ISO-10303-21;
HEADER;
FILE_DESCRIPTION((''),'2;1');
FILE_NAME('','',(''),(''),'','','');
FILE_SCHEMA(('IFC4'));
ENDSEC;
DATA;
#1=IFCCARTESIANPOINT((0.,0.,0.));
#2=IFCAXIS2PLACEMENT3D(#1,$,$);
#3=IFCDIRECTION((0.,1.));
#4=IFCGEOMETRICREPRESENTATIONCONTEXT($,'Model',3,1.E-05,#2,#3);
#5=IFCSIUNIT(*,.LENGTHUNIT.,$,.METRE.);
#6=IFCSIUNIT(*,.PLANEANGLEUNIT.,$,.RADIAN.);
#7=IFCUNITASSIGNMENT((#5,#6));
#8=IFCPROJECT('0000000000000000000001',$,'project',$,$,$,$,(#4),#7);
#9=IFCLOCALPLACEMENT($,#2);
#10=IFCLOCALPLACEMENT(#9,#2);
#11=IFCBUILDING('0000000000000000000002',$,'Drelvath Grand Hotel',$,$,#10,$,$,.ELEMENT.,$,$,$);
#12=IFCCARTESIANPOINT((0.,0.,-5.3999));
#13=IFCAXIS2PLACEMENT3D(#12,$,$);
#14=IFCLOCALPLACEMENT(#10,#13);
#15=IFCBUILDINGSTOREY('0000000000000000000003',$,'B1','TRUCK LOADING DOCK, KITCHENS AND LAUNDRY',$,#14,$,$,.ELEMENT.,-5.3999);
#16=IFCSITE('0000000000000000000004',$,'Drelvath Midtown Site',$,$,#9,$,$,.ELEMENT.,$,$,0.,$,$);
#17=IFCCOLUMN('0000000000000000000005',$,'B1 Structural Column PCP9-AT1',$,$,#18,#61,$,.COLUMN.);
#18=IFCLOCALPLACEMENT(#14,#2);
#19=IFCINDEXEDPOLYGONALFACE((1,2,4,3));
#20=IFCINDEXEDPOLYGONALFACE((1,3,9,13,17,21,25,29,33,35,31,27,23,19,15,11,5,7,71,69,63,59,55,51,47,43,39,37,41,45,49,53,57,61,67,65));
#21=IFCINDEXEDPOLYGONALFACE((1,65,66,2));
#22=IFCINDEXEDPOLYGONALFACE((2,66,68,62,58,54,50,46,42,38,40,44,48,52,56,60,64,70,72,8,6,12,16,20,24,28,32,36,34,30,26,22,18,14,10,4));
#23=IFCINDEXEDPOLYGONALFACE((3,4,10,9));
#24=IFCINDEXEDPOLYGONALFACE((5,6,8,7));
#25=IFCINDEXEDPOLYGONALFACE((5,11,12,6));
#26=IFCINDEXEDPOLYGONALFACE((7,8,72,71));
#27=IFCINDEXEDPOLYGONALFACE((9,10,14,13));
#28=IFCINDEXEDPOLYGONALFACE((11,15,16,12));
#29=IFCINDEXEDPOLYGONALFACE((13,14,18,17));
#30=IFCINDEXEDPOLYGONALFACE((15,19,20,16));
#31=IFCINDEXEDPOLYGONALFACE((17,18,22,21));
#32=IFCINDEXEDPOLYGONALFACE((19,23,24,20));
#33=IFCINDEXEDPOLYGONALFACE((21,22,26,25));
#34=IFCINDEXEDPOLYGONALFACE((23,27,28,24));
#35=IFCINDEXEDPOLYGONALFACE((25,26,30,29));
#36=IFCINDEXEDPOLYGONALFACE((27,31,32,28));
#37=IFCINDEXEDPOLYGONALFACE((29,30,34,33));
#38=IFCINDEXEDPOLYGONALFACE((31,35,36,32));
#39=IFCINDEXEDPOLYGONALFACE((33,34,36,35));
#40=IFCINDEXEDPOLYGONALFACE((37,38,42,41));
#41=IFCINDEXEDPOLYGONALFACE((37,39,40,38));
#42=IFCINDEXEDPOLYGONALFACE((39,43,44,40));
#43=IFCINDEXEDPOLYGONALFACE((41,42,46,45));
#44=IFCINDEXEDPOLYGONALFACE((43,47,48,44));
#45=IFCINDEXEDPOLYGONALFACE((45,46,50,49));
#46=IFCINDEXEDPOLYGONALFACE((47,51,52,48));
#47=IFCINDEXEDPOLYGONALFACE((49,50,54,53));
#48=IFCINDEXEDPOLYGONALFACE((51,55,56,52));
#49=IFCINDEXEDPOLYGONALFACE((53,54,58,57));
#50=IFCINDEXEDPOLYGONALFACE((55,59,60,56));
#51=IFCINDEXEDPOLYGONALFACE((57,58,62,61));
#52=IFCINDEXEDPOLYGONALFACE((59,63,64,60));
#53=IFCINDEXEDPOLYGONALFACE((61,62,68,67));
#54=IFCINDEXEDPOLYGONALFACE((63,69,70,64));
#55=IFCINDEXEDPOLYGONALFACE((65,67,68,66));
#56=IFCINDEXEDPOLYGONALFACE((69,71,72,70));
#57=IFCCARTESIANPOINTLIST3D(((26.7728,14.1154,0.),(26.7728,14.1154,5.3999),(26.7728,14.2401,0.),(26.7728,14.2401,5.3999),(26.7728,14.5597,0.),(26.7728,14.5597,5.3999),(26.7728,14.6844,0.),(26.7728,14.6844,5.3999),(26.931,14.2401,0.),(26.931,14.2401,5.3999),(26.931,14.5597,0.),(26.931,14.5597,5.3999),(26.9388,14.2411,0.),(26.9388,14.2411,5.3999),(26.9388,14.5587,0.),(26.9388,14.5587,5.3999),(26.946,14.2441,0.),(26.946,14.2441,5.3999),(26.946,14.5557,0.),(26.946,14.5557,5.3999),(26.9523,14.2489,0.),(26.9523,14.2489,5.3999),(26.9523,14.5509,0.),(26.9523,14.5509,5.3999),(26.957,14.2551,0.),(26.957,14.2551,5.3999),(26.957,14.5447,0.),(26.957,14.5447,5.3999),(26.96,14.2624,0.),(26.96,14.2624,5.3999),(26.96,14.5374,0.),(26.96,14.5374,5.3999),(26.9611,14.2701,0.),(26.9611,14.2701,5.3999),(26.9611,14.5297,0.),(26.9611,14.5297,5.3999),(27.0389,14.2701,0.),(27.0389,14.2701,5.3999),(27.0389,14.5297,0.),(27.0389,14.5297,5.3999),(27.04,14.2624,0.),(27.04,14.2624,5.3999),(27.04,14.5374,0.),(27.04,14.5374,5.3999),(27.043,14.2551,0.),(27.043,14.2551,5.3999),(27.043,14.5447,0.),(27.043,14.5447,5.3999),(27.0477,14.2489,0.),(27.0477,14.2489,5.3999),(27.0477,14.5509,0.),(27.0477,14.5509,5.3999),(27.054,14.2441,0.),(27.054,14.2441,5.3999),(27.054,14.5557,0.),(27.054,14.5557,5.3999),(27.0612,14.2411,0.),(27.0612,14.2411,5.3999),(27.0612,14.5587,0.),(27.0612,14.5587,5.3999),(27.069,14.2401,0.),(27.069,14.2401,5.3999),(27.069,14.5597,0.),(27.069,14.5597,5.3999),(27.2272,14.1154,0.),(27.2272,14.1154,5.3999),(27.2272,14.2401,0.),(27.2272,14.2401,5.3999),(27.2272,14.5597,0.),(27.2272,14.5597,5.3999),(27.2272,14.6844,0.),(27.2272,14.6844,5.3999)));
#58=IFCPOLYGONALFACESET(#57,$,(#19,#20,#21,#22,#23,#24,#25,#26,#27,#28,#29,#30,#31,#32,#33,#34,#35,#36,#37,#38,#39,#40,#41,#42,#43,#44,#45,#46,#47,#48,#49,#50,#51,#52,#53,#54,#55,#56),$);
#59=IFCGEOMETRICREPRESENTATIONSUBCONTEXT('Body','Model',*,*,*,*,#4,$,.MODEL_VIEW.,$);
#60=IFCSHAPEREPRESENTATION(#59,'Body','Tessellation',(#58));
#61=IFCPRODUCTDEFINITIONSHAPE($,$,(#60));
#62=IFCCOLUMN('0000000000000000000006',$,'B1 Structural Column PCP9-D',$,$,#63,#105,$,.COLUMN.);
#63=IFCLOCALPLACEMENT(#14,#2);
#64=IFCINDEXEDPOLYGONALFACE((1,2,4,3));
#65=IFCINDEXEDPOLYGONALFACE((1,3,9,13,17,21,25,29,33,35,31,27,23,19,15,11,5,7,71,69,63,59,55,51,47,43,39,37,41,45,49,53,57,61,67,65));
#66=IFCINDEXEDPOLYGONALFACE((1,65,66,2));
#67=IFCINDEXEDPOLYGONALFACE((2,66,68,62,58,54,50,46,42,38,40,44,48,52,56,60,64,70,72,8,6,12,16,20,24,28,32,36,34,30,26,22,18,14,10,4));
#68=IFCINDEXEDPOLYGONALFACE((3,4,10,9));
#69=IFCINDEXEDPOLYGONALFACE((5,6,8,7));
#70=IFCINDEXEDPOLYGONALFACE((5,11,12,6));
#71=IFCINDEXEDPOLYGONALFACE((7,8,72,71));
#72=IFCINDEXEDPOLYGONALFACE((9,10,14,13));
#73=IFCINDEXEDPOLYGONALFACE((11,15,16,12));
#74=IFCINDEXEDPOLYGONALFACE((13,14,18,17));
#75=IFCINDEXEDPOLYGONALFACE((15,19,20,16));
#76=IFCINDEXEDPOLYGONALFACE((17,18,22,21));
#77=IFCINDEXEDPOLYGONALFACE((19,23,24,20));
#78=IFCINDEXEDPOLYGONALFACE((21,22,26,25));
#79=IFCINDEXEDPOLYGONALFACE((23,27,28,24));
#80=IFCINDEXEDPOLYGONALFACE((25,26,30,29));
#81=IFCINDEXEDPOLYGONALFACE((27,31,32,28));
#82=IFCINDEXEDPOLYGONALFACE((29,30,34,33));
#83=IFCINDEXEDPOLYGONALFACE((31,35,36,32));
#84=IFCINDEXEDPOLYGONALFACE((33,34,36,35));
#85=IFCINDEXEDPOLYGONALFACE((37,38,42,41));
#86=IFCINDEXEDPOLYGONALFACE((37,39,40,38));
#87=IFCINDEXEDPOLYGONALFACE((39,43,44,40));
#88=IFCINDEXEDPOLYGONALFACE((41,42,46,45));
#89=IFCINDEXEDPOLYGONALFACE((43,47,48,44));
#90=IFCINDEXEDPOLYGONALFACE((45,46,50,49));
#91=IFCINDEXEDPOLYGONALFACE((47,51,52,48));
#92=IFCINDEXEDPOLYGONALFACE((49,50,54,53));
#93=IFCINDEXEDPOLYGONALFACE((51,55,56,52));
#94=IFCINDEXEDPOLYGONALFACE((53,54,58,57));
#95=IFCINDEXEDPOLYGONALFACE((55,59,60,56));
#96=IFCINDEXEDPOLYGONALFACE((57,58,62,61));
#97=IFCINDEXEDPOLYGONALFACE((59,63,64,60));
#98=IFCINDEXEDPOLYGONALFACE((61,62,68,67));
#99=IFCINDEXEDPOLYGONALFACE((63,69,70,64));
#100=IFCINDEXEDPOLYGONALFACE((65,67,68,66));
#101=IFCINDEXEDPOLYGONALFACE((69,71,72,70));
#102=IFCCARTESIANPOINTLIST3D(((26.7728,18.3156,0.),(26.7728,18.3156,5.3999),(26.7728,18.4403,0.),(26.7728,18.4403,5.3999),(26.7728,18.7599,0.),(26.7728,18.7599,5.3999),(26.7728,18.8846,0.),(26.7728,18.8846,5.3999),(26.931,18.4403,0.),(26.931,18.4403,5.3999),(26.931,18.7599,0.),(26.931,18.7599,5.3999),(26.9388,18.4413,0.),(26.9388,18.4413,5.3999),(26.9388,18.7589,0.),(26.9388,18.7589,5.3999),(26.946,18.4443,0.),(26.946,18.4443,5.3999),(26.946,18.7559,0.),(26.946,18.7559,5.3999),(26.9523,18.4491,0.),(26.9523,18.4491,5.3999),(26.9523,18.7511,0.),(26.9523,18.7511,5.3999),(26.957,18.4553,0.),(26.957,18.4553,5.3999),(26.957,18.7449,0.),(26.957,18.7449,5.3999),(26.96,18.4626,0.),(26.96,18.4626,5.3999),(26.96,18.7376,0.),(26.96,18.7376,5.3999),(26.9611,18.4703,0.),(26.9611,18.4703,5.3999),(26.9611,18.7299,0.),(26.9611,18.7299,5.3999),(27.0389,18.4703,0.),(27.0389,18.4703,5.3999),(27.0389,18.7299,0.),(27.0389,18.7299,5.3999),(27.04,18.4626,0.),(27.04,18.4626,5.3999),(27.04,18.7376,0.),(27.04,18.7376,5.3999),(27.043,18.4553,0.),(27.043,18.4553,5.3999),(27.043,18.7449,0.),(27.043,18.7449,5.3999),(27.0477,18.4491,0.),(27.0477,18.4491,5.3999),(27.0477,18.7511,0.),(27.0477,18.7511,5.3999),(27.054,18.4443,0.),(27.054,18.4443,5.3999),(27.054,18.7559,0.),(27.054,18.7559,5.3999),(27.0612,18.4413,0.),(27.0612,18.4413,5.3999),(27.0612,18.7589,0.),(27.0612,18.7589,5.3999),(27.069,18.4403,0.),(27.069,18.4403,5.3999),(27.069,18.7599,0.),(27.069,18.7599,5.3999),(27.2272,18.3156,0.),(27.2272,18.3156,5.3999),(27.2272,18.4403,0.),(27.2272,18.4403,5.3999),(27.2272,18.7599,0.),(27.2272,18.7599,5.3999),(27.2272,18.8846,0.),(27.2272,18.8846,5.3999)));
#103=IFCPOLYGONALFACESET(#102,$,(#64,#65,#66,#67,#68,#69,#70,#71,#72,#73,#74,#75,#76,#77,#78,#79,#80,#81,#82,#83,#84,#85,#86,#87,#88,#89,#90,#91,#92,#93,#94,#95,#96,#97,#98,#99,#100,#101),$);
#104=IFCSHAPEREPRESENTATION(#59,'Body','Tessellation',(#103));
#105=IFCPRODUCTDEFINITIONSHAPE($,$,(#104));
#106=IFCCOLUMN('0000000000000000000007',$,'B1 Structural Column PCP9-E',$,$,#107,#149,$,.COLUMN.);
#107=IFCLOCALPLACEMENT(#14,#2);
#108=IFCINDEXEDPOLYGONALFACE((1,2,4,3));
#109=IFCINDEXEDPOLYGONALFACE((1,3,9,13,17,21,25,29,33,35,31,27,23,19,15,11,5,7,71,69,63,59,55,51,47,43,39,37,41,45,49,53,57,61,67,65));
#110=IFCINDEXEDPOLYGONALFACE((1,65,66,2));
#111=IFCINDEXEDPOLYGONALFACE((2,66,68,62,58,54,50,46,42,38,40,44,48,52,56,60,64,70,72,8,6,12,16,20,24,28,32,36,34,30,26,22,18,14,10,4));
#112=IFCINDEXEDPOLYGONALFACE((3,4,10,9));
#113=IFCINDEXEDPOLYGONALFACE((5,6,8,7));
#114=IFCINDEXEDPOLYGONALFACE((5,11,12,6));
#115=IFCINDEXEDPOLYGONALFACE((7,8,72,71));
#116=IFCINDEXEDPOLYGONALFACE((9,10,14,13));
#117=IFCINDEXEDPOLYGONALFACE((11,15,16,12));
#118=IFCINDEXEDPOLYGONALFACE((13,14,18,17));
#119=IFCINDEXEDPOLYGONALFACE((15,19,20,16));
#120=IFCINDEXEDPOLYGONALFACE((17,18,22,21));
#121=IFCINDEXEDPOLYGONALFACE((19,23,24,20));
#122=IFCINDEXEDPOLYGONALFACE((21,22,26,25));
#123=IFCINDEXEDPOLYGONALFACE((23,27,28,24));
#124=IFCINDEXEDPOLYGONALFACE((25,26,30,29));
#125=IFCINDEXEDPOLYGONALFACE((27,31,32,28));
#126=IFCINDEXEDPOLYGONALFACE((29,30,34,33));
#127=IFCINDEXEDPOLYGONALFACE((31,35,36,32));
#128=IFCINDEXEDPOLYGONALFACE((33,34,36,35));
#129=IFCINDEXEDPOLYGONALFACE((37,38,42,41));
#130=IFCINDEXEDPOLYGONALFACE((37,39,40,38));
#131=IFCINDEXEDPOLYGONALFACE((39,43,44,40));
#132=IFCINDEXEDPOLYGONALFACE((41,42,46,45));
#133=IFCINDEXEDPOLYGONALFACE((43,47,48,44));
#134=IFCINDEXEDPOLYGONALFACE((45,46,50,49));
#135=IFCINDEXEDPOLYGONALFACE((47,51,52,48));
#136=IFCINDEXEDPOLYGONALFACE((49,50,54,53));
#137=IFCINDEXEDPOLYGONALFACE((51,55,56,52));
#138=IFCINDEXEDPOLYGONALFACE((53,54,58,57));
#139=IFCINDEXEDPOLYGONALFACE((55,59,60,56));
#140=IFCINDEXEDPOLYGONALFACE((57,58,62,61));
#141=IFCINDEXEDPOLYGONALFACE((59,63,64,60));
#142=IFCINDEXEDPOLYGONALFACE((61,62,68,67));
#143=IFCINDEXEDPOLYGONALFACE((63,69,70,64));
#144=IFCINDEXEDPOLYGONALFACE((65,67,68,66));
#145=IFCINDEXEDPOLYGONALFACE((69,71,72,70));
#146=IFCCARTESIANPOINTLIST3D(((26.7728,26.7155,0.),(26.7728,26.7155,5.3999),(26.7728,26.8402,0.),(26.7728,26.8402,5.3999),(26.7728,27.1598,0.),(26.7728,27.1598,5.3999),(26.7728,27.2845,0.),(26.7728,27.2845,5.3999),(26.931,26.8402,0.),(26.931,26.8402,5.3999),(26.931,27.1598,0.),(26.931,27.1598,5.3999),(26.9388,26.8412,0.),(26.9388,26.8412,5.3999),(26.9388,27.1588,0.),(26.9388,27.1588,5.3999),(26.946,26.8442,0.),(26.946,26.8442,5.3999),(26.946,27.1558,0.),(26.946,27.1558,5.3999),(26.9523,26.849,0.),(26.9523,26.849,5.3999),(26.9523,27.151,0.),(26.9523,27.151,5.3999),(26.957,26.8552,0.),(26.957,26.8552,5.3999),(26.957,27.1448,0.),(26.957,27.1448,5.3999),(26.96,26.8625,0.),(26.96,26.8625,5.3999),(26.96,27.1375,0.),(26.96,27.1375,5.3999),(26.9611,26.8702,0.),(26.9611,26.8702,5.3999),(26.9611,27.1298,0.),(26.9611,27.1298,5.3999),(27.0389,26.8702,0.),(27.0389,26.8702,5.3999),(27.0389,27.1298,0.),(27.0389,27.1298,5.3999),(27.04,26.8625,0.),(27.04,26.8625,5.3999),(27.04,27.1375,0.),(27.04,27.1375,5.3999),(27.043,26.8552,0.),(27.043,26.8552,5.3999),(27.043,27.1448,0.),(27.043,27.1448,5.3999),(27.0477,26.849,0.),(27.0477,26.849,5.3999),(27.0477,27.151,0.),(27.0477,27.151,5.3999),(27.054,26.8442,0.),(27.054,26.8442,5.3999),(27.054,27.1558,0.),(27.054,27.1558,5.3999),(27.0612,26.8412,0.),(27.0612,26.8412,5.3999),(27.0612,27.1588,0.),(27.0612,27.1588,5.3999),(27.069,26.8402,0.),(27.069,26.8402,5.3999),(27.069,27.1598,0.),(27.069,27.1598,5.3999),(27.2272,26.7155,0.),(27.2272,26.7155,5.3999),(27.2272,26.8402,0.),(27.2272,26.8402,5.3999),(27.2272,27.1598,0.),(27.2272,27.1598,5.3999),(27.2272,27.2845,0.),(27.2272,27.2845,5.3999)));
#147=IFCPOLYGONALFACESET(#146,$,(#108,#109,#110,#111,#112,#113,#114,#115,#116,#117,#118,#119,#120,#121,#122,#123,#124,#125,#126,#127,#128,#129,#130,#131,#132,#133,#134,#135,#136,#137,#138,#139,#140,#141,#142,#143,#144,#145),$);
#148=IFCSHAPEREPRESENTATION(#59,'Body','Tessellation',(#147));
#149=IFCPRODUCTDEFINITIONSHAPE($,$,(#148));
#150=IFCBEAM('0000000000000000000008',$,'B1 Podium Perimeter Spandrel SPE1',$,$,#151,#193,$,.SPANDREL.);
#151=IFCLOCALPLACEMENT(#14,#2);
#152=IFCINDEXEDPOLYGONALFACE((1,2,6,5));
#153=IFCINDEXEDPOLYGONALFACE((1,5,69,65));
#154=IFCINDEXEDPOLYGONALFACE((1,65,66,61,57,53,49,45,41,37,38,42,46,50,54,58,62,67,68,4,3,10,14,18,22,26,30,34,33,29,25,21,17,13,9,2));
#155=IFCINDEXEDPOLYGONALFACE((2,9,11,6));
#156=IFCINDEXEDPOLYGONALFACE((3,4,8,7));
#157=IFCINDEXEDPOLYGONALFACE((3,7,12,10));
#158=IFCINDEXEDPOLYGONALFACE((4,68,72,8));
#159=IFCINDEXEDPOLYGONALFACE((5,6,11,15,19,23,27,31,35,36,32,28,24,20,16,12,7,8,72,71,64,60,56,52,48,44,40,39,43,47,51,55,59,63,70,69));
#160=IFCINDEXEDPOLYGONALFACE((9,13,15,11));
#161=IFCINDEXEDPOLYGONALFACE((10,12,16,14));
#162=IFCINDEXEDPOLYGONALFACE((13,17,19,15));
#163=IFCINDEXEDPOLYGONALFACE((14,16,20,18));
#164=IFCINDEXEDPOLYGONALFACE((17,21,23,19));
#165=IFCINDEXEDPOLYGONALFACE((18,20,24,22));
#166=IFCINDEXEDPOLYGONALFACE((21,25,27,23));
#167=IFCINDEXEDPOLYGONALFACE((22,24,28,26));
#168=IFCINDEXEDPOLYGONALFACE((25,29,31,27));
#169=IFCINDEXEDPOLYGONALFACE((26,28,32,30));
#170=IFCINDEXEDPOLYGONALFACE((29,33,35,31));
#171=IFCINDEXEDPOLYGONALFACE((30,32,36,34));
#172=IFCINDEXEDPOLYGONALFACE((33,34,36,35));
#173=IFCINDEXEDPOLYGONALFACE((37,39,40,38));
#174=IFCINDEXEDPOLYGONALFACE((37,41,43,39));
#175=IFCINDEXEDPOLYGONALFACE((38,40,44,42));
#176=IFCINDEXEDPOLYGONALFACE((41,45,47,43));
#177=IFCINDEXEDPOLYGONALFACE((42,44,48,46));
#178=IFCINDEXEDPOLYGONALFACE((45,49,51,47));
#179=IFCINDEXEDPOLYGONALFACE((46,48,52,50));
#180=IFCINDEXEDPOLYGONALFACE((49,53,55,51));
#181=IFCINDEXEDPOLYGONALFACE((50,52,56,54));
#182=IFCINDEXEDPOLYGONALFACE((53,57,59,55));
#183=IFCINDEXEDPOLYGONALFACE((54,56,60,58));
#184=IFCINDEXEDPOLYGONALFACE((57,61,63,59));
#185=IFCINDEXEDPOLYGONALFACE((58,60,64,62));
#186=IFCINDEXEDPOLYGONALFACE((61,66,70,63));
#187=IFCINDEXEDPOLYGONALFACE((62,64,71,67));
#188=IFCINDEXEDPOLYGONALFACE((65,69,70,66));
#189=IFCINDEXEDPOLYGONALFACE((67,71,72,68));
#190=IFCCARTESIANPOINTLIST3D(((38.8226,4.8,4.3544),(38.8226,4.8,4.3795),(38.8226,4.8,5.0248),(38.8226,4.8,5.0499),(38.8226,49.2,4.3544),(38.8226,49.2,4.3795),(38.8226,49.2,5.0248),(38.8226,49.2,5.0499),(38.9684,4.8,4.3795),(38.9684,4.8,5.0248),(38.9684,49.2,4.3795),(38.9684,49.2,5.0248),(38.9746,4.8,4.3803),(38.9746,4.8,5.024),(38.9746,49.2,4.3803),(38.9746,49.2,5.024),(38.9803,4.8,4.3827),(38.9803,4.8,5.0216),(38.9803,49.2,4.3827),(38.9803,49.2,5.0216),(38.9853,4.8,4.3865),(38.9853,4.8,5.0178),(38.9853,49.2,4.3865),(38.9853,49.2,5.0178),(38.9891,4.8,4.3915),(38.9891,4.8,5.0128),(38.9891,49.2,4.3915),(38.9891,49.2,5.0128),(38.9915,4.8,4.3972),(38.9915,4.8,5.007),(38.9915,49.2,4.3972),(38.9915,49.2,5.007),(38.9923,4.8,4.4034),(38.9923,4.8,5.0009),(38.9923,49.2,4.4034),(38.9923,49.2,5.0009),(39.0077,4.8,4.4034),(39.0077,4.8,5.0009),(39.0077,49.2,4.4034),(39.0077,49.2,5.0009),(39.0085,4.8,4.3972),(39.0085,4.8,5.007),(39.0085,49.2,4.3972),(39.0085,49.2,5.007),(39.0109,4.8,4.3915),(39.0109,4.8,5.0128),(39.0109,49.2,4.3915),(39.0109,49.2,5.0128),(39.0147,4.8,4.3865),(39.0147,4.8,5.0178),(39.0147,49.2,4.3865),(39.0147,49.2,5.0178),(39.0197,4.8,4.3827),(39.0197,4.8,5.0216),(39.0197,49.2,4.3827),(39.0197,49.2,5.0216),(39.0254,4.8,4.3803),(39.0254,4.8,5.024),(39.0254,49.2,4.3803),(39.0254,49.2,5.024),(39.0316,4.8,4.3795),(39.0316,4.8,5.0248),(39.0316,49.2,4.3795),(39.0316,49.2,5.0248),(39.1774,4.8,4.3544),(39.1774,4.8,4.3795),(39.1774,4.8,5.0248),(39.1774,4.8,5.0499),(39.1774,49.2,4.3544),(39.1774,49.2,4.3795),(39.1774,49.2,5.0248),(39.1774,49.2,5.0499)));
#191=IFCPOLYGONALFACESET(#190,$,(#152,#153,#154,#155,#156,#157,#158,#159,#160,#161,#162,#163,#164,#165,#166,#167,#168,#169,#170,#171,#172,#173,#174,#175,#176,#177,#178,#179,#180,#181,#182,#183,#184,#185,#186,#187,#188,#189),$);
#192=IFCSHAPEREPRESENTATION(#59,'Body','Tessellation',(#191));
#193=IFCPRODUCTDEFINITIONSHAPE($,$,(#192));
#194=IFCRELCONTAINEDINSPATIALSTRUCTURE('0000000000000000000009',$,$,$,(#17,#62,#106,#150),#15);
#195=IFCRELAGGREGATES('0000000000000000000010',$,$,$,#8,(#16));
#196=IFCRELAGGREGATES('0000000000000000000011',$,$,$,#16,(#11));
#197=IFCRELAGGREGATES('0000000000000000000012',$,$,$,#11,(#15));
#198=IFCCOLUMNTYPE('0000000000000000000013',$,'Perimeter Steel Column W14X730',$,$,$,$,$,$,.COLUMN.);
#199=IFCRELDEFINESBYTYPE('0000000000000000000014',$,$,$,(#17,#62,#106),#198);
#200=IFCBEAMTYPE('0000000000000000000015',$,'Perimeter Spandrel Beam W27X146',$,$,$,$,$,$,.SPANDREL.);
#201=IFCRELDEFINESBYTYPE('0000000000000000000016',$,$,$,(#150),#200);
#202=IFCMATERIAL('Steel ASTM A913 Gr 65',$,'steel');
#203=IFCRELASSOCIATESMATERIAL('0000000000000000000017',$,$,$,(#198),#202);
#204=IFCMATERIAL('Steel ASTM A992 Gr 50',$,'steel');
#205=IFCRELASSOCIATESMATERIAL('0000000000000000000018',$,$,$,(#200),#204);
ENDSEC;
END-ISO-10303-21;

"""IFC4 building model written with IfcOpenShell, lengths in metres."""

from ifc_helpers import new_model, si_unit, direction, frame, origin, origin_2d, place, context, subcontext, project, spatial, i_section, extrude, material, material_profile, profile_set, type_object, element, save


model = new_model("IFC4")

# Units and contexts
model_context = context("Model", 3, precision=1e-05, world=origin(), true_north=direction((0.0, 1.0)))
body_context = subcontext(model_context, "Body", "Model", "MODEL_VIEW")
ifc_project = project(units=[si_unit("LENGTHUNIT", "METRE"), si_unit("PLANEANGLEUNIT", "RADIAN")], contexts=[model_context])

# Site, building, storey
site_placement = place(None, origin())
site = spatial("IfcSite", under=ifc_project, at=site_placement, Name="Drelvath Midtown Site", CompositionType="ELEMENT", RefElevation=0.0)
building_placement = place(site_placement, origin())
building = spatial("IfcBuilding", under=site, at=building_placement, Name="Drelvath Grand Hotel", CompositionType="ELEMENT")
storey_placement = place(building_placement, frame((0.0, 0.0, -5.3999)))
storey = spatial("IfcBuildingStorey", under=building, at=storey_placement, Name="B1", Description="TRUCK LOADING DOCK, KITCHENS AND LAUNDRY", CompositionType="ELEMENT", Elevation=-5.3999)

# Columns
ifc_material_1 = material(Name="Steel ASTM A913 Gr 65", Category="steel")
ifc_material_profile_1 = material_profile(ifc_material_1, i_section(OverallWidth=0.4543, OverallDepth=0.5691, WebThickness=0.0779, FlangeThickness=0.1248, FilletRadius=0.03, at=origin_2d()), Name="W14X730")
ifc_profile_set_1 = profile_set([ifc_material_profile_1], Name="Steel ASTM A913 Gr 65")
column_type_1 = type_object("IfcColumnType", Name="Perimeter Steel Column W14X730", PredefinedType="COLUMN", material=ifc_profile_set_1)
for number, where, z_axis, x_axis, name in (
    (1, (27.0, 14.3999, 0.0), (0.0, 0.0, 1.0), (1.0, 0.0, 0.0), "B1 Structural Column PCP9-AT1"),
    (2, (27.0, 18.6001, 0.0), (0.0, 0.0, 1.0), (1.0, 0.0, 0.0), "B1 Structural Column PCP9-D"),
    (3, (27.0, 27.0, 0.0), (0.0, 0.0, 1.0), (1.0, 0.0, 0.0), "B1 Structural Column PCP9-E"),
):
    element("IfcColumn", number, at=place(storey_placement, frame(where, z_axis=z_axis, x_axis=x_axis)), inside=storey, type_object=column_type_1, Name=name, PredefinedType="COLUMN", context=body_context, shape_type="SweptSolid", body=[
        extrude(i_section(OverallWidth=0.4543, OverallDepth=0.5691, WebThickness=0.0779, FlangeThickness=0.1248, FilletRadius=0.03, at=origin_2d()), origin(), (0.0, 0.0, 1.0), 5.3999),
    ])

# Beam
ifc_material_2 = material(Name="Steel ASTM A992 Gr 50", Category="steel")
ifc_material_profile_2 = material_profile(ifc_material_2, i_section(OverallWidth=0.3547, OverallDepth=0.6956, WebThickness=0.0154, FlangeThickness=0.0251, FilletRadius=0.0239, at=origin_2d()), Name="W27X146")
ifc_profile_set_2 = profile_set([ifc_material_profile_2], Name="Steel ASTM A992 Gr 50")
beam_type_1 = type_object("IfcBeamType", Name="Perimeter Spandrel Beam W27X146", PredefinedType="SPANDREL", material=ifc_profile_set_2)
beam_1_placement = place(storey_placement, frame((39.0, 4.8, 4.7021), z_axis=(0.0, 1.0, 0.0), x_axis=(-1.0, 0.0, 0.0)))
element("IfcBeam", 4, at=beam_1_placement, inside=storey, type_object=beam_type_1, Name="B1 Podium Perimeter Spandrel SPE1", PredefinedType="SPANDREL", context=body_context, shape_type="SweptSolid", body=[
    extrude(i_section(OverallWidth=0.3547, OverallDepth=0.6956, WebThickness=0.0154, FlangeThickness=0.0251, FilletRadius=0.0239, at=origin_2d()), origin(), (0.0, 0.0, 1.0), 44.3999),
])

save(model, "model.ifc")
